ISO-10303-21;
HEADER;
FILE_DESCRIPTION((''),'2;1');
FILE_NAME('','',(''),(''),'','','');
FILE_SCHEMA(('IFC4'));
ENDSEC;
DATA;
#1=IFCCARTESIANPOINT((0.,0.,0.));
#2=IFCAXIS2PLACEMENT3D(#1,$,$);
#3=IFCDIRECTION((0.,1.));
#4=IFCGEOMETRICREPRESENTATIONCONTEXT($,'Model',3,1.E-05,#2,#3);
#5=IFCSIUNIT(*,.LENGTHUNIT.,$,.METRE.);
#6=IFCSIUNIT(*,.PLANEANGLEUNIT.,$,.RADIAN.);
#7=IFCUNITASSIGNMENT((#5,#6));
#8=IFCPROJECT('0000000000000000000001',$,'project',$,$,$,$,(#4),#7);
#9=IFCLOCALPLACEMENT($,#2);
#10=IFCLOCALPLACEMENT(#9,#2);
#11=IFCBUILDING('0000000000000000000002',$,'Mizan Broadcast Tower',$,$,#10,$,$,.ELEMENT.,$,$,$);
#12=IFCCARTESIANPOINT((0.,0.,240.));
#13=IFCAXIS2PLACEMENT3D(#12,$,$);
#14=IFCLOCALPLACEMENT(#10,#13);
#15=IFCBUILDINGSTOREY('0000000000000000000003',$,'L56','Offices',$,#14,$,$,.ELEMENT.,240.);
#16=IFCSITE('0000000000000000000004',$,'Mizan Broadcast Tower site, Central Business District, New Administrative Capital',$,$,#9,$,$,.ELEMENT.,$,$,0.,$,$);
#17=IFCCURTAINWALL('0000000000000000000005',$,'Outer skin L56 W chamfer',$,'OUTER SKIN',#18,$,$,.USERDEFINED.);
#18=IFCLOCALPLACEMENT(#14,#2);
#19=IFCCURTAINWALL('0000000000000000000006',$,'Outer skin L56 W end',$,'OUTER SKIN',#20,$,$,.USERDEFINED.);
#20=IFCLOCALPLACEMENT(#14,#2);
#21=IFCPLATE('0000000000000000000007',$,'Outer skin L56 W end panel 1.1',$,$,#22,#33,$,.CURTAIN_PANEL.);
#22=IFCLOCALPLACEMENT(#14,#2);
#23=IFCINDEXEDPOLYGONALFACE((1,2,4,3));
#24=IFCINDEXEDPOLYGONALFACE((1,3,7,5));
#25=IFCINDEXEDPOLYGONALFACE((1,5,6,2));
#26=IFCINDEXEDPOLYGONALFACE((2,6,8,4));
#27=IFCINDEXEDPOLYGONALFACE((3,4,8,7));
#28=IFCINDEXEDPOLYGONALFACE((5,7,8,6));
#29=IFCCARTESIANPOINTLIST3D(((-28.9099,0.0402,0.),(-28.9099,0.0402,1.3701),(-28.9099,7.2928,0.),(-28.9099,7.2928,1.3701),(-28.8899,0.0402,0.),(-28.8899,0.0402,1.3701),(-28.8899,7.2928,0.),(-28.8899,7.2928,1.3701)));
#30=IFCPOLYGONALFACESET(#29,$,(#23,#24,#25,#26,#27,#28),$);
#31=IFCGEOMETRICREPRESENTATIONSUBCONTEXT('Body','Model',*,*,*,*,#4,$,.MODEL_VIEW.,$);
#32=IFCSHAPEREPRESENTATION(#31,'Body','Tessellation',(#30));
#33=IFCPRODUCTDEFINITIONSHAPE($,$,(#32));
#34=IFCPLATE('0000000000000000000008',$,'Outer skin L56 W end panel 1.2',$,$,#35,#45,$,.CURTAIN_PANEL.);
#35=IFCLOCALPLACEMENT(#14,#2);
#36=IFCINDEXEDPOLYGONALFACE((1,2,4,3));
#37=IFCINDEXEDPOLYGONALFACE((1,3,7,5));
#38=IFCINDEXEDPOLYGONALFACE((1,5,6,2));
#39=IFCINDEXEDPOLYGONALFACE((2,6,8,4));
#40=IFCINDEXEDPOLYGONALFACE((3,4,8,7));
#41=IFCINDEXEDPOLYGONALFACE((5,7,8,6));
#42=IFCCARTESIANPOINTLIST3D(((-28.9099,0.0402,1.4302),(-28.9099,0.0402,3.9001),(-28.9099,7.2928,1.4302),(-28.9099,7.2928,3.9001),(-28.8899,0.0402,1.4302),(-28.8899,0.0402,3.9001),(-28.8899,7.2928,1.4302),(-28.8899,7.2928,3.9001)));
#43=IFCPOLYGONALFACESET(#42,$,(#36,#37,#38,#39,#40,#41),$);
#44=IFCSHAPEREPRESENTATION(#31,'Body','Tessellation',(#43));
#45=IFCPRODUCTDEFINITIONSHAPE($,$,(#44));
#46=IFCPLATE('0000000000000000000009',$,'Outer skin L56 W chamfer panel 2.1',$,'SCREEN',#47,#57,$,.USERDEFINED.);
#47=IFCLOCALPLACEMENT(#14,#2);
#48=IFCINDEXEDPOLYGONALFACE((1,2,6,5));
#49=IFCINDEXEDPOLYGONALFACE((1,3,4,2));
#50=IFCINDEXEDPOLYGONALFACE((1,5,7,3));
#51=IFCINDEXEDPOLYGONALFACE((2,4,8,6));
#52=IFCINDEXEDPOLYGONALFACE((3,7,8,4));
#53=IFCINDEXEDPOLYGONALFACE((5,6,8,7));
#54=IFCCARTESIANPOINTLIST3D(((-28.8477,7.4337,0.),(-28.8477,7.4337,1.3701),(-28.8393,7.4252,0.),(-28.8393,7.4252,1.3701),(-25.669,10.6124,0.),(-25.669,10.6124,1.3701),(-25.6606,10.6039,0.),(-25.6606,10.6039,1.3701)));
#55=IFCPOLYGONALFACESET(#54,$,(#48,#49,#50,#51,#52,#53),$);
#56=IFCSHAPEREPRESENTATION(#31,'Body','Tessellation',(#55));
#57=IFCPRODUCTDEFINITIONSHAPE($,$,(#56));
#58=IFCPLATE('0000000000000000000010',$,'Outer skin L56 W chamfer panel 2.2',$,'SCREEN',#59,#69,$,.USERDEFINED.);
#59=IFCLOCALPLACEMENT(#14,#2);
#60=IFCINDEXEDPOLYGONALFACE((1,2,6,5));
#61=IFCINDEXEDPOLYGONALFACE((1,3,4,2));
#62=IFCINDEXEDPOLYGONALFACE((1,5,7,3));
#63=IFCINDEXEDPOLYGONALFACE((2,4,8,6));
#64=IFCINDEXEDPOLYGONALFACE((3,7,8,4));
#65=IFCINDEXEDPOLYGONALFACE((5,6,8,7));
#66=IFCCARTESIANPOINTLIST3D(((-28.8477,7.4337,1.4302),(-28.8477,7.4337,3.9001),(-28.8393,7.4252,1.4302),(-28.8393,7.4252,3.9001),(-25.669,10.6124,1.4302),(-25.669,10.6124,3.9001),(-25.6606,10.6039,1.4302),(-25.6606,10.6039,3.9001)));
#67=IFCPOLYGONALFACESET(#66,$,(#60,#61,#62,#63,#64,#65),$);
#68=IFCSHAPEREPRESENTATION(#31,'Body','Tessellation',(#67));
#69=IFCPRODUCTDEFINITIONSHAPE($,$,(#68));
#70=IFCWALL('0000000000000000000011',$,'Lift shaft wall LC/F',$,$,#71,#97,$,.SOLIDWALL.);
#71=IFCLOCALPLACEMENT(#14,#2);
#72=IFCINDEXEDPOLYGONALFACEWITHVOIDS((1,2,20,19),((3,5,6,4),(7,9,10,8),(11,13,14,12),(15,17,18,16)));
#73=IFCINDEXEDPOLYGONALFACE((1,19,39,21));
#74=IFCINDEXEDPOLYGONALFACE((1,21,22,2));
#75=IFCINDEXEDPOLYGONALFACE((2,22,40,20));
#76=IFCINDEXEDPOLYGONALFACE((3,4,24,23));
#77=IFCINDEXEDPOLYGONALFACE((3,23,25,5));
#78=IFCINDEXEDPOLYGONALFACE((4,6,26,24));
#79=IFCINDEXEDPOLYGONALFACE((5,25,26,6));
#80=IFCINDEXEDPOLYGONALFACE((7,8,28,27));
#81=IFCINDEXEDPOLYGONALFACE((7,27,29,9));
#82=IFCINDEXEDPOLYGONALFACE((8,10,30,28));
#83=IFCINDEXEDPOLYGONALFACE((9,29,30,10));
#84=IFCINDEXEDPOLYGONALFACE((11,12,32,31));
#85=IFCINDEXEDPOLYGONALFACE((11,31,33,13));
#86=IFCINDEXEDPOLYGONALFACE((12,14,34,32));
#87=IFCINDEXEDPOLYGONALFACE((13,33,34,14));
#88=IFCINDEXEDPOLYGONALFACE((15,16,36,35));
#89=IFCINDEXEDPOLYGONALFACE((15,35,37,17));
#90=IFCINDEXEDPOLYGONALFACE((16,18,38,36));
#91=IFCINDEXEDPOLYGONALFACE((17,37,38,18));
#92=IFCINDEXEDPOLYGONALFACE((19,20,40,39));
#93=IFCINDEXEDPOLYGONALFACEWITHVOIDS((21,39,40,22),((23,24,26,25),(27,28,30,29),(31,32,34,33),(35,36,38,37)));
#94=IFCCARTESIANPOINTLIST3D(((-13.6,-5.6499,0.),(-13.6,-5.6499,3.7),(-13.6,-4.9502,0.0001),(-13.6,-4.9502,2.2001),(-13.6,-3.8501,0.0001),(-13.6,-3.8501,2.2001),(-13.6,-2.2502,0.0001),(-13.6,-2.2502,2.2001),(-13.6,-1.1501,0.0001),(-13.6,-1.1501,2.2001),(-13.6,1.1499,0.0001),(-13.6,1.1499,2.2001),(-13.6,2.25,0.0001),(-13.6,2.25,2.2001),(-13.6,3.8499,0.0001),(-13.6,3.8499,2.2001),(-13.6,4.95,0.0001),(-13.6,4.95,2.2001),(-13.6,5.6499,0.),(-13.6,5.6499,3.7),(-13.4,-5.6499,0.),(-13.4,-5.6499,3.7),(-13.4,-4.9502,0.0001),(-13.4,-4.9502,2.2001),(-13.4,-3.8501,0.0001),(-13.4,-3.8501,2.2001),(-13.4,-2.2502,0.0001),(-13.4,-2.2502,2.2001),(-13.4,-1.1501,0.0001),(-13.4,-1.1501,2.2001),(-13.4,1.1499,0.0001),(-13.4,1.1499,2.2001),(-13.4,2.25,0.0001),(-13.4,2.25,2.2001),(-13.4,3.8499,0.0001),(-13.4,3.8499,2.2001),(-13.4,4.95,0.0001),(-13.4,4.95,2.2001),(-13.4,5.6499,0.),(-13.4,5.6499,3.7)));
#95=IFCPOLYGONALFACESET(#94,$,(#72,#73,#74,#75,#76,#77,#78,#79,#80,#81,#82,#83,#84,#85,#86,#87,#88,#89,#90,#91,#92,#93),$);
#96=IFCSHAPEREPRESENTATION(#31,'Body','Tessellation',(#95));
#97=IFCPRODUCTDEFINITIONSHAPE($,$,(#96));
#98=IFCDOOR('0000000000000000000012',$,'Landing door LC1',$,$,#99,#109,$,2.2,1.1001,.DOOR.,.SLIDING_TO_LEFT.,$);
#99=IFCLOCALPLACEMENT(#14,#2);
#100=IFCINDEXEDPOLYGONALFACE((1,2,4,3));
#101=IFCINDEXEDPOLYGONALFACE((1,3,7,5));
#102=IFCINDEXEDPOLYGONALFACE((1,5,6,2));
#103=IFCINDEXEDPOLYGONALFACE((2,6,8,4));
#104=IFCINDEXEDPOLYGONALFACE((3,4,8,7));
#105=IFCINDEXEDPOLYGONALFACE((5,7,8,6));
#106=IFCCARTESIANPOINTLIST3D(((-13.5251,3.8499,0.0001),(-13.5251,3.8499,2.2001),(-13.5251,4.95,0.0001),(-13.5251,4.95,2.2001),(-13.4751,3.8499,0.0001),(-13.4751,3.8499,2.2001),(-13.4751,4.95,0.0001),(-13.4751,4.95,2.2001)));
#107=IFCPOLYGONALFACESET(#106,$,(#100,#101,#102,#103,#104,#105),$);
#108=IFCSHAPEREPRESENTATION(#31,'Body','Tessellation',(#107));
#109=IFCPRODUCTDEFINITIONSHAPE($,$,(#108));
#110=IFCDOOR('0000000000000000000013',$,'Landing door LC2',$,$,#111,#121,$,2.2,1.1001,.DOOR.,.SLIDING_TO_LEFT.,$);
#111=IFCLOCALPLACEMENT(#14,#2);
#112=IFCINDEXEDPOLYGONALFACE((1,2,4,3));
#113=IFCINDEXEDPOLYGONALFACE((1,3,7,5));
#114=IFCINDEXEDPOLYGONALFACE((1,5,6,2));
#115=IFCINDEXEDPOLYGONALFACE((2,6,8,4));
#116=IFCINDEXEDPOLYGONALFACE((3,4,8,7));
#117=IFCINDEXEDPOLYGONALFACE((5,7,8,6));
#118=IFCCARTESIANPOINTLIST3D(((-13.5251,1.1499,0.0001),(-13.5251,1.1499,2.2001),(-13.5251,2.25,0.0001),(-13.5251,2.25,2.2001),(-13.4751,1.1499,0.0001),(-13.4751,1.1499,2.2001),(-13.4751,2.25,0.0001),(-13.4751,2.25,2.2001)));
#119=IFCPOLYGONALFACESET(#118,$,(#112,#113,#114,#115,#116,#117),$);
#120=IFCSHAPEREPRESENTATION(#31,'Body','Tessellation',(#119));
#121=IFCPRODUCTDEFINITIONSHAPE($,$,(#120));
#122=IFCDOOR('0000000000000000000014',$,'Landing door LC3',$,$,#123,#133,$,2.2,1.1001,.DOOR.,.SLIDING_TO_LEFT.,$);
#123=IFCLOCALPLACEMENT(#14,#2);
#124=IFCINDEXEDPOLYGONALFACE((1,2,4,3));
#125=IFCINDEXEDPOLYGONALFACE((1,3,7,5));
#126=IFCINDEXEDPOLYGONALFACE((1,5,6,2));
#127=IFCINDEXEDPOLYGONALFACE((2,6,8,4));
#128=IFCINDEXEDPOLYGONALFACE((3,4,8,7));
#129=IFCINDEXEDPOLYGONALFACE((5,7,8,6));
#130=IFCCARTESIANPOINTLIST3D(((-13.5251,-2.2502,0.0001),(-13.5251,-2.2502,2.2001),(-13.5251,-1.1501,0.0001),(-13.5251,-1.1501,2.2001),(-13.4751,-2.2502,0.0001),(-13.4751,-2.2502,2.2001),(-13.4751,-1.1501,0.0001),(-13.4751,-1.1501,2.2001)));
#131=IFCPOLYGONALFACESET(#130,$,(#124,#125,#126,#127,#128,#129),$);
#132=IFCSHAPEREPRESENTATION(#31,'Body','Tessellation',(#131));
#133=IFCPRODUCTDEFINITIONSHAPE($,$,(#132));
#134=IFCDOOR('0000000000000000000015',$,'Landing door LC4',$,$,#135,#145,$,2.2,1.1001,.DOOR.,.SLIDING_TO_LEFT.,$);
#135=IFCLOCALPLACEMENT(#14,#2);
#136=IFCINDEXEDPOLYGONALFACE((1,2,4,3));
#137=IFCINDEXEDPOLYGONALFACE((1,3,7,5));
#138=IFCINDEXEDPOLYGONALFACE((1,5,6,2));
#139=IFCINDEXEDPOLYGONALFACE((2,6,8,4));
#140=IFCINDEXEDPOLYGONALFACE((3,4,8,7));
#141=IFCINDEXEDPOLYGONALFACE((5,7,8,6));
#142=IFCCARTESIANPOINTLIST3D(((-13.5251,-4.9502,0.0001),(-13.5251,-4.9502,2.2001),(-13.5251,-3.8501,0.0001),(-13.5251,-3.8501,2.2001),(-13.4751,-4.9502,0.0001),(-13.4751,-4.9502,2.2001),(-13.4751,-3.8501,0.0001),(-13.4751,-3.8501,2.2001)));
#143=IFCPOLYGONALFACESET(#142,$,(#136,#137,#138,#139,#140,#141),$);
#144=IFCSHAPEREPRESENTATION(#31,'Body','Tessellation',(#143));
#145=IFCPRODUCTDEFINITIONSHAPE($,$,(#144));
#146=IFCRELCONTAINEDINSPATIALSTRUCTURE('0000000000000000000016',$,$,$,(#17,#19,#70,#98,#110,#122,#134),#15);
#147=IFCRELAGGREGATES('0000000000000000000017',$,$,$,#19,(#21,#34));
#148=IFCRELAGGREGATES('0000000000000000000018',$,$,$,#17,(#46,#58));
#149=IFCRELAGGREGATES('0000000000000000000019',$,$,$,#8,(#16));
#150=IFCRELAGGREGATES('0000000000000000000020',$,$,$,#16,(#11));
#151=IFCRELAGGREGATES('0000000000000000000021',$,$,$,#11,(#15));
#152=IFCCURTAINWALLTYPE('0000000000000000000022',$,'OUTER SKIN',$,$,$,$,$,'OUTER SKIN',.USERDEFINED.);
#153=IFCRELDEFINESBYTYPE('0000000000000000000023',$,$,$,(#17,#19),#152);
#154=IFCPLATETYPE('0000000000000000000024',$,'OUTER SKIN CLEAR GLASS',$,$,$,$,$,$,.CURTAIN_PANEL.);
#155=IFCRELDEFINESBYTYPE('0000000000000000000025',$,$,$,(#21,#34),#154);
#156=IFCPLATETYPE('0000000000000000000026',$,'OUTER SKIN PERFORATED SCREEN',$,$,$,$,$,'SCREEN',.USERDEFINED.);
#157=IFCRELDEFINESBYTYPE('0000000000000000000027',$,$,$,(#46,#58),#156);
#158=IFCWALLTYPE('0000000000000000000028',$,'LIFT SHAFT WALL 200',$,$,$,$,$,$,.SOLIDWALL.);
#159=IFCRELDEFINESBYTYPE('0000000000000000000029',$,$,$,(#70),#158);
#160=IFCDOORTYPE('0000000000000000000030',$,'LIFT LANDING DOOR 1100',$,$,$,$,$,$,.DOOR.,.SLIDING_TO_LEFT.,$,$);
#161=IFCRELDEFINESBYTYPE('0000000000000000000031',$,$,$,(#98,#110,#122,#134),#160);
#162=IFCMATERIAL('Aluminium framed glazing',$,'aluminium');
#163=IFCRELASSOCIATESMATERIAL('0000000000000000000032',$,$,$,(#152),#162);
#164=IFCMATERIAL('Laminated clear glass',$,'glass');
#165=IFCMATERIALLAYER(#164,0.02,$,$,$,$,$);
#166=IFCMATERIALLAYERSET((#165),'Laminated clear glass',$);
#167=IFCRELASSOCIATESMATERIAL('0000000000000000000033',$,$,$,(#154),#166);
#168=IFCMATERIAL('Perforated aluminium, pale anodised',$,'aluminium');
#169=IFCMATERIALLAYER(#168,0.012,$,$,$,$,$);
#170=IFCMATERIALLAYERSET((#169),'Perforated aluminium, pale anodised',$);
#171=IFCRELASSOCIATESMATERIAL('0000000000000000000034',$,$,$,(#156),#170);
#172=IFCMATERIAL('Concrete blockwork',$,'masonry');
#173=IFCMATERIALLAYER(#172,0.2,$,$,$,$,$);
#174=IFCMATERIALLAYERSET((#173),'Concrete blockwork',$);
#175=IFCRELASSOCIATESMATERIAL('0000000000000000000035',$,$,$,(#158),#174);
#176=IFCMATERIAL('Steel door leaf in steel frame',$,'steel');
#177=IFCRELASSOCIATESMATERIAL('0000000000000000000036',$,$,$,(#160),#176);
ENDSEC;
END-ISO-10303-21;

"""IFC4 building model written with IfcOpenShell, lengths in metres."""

from ifc_helpers import new_model, si_unit, direction, frame, frame_2d, origin, origin_2d, place, context, subcontext, project, spatial, rectangle, extrude, material, layer, layer_set, type_object, element, fill, aggregate, save


model = new_model("IFC4")

# Units and contexts
model_context = context("Model", 3, precision=1e-05, world=origin(), true_north=direction((0.0, 1.0)))
body_context = subcontext(model_context, "Body", "Model", "MODEL_VIEW")
ifc_project = project(units=[si_unit("LENGTHUNIT", "METRE"), si_unit("PLANEANGLEUNIT", "RADIAN")], contexts=[model_context])

# Site, building, storey
site_placement = place(None, origin())
site = spatial("IfcSite", under=ifc_project, at=site_placement, Name="Mizan Broadcast Tower site, Central Business District, New Administrative Capital", CompositionType="ELEMENT", RefElevation=0.0)
building_placement = place(site_placement, origin())
building = spatial("IfcBuilding", under=site, at=building_placement, Name="Mizan Broadcast Tower", CompositionType="ELEMENT")
storey_placement = place(building_placement, frame((0.0, 0.0, 240.0)))
storey = spatial("IfcBuildingStorey", under=building, at=storey_placement, Name="L56", Description="Offices", CompositionType="ELEMENT", Elevation=240.0)

# Curtain wall
ifc_material_1 = material(Name="Aluminium framed glazing", Category="aluminium")
curtain_wall_type_1 = type_object("IfcCurtainWallType", Name="OUTER SKIN", ElementType="OUTER SKIN", PredefinedType="USERDEFINED", material=ifc_material_1)
curtain_wall_1_placement = place(storey_placement, origin())
curtain_wall_1 = element("IfcCurtainWall", 1, at=curtain_wall_1_placement, inside=storey, type_object=curtain_wall_type_1, Name="Outer skin L56 W chamfer", ObjectType="OUTER SKIN", PredefinedType="USERDEFINED")

# Curtain wall
curtain_wall_2_placement = place(storey_placement, origin())
curtain_wall_2 = element("IfcCurtainWall", 2, at=curtain_wall_2_placement, inside=storey, type_object=curtain_wall_type_1, Name="Outer skin L56 W end", ObjectType="OUTER SKIN", PredefinedType="USERDEFINED")

# Plates
ifc_material_2 = material(Name="Laminated clear glass", Category="glass")
ifc_layer_1 = layer(ifc_material_2, 0.02)
ifc_layer_set_1 = layer_set([ifc_layer_1], Name="Laminated clear glass")
plate_type_1 = type_object("IfcPlateType", Name="OUTER SKIN CLEAR GLASS", PredefinedType="CURTAIN_PANEL", material=ifc_layer_set_1)
plate_1_placement = place(storey_placement, frame((-28.8999, 3.6665, 0.0), z_axis=(0.0, 0.0, 1.0), x_axis=(0.0, -1.0, 0.0)))
plate_1 = element("IfcPlate", 3, at=plate_1_placement, type_object=plate_type_1, Name="Outer skin L56 W end panel 1.1", PredefinedType="CURTAIN_PANEL", context=body_context, shape_type="SweptSolid", body=[
    extrude(rectangle(XDim=7.2527, YDim=0.02, at=origin_2d()), origin(), (0.0, 0.0, 1.0), 1.3701),
])
plate_2_placement = place(storey_placement, frame((-28.8999, 3.6665, 1.4302), z_axis=(0.0, 0.0, 1.0), x_axis=(0.0, -1.0, 0.0)))
plate_2 = element("IfcPlate", 4, at=plate_2_placement, type_object=plate_type_1, Name="Outer skin L56 W end panel 1.2", PredefinedType="CURTAIN_PANEL", context=body_context, shape_type="SweptSolid", body=[
    extrude(rectangle(XDim=7.2527, YDim=0.02, at=origin_2d()), origin(), (0.0, 0.0, 1.0), 2.47),
])
aggregate(curtain_wall_2, [plate_1, plate_2])
ifc_material_3 = material(Name="Perforated aluminium, pale anodised", Category="aluminium")
ifc_layer_2 = layer(ifc_material_3, 0.012)
ifc_layer_set_2 = layer_set([ifc_layer_2], Name="Perforated aluminium, pale anodised")
plate_type_2 = type_object("IfcPlateType", Name="OUTER SKIN PERFORATED SCREEN", ElementType="SCREEN", PredefinedType="USERDEFINED", material=ifc_layer_set_2)
plate_3_placement = place(storey_placement, frame((-27.2542, 9.0188, 0.0), z_axis=(0.0, 0.0, 1.0), x_axis=(-0.707107, -0.707107, 0.0)))
plate_3 = element("IfcPlate", 5, at=plate_3_placement, type_object=plate_type_2, Name="Outer skin L56 W chamfer panel 2.1", ObjectType="SCREEN", PredefinedType="USERDEFINED", context=body_context, shape_type="SweptSolid", body=[
    extrude(rectangle(XDim=4.4954, YDim=0.012, at=origin_2d()), origin(), (0.0, 0.0, 1.0), 1.3701),
])
plate_4_placement = place(storey_placement, frame((-27.2542, 9.0188, 1.4302), z_axis=(0.0, 0.0, 1.0), x_axis=(-0.707107, -0.707107, 0.0)))
plate_4 = element("IfcPlate", 6, at=plate_4_placement, type_object=plate_type_2, Name="Outer skin L56 W chamfer panel 2.2", ObjectType="SCREEN", PredefinedType="USERDEFINED", context=body_context, shape_type="SweptSolid", body=[
    extrude(rectangle(XDim=4.4954, YDim=0.012, at=origin_2d()), origin(), (0.0, 0.0, 1.0), 2.47),
])
aggregate(curtain_wall_1, [plate_3, plate_4])

# Wall, openings, doors
ifc_material_4 = material(Name="Concrete blockwork", Category="masonry")
ifc_layer_3 = layer(ifc_material_4, 0.2)
ifc_layer_set_3 = layer_set([ifc_layer_3], Name="Concrete blockwork")
wall_type_1 = type_object("IfcWallType", Name="LIFT SHAFT WALL 200", PredefinedType="SOLIDWALL", material=ifc_layer_set_3)
wall_1_placement = place(storey_placement, frame((-13.5, 5.6499, 0.0), z_axis=(0.0, 0.0, 1.0), x_axis=(0.0, -1.0, 0.0)))
wall_1 = element("IfcWall", 7, at=wall_1_placement, inside=storey, type_object=wall_type_1, Name="Lift shaft wall LC/F", PredefinedType="SOLIDWALL", context=body_context, shape_type="SweptSolid", body=[
    extrude(rectangle(XDim=11.2998, YDim=0.2, at=frame_2d((5.6499, 0.0))), origin(), (0.0, 0.0, 1.0), 3.7),
])
opening_1_placement = place(wall_1_placement, frame((0.7, 0.0, 0.0)))
opening_1 = element("IfcOpeningElement", 8, at=opening_1_placement, cuts=wall_1, PredefinedType="OPENING", context=body_context, shape_type="SweptSolid", body=[
    extrude(rectangle(XDim=1.1001, YDim=2.2, at=frame_2d((0.55, 1.1001))), frame((0.0, 0.1099, 0.0), z_axis=(0.0, -1.0, 0.0), x_axis=(1.0, 0.0, 0.0)), (0.0, 0.0, 1.0), 0.22),
])
opening_2_placement = place(wall_1_placement, frame((3.3999, 0.0, 0.0)))
opening_2 = element("IfcOpeningElement", 9, at=opening_2_placement, cuts=wall_1, PredefinedType="OPENING", context=body_context, shape_type="SweptSolid", body=[
    extrude(rectangle(XDim=1.1001, YDim=2.2, at=frame_2d((0.55, 1.1001))), frame((0.0, 0.1099, 0.0), z_axis=(0.0, -1.0, 0.0), x_axis=(1.0, 0.0, 0.0)), (0.0, 0.0, 1.0), 0.22),
])
opening_3_placement = place(wall_1_placement, frame((6.8, 0.0, 0.0)))
opening_3 = element("IfcOpeningElement", 10, at=opening_3_placement, cuts=wall_1, PredefinedType="OPENING", context=body_context, shape_type="SweptSolid", body=[
    extrude(rectangle(XDim=1.1001, YDim=2.2, at=frame_2d((0.55, 1.1001))), frame((0.0, 0.1099, 0.0), z_axis=(0.0, -1.0, 0.0), x_axis=(1.0, 0.0, 0.0)), (0.0, 0.0, 1.0), 0.22),
])
opening_4_placement = place(wall_1_placement, frame((9.5, 0.0, 0.0)))
opening_4 = element("IfcOpeningElement", 11, at=opening_4_placement, cuts=wall_1, PredefinedType="OPENING", context=body_context, shape_type="SweptSolid", body=[
    extrude(rectangle(XDim=1.1001, YDim=2.2, at=frame_2d((0.55, 1.1001))), frame((0.0, 0.1099, 0.0), z_axis=(0.0, -1.0, 0.0), x_axis=(1.0, 0.0, 0.0)), (0.0, 0.0, 1.0), 0.22),
])
ifc_material_5 = material(Name="Steel door leaf in steel frame", Category="steel")
door_type_1 = type_object("IfcDoorType", Name="LIFT LANDING DOOR 1100", OperationType="SLIDING_TO_LEFT", PredefinedType="DOOR", material=ifc_material_5)
door_1_placement = place(opening_1_placement, origin())
door_1 = element("IfcDoor", 12, at=door_1_placement, inside=storey, type_object=door_type_1, Name="Landing door LC1", OperationType="SLIDING_TO_LEFT", OverallHeight=2.2, OverallWidth=1.1001, PredefinedType="DOOR", context=body_context, shape_type="SweptSolid", body=[
    extrude(rectangle(XDim=1.1001, YDim=2.2, at=frame_2d((0.55, 1.1001))), frame((0.0, 0.0249, 0.0), z_axis=(0.0, -1.0, 0.0), x_axis=(1.0, 0.0, 0.0)), (0.0, 0.0, 1.0), 0.05),
])
fill(opening_1, door_1)
door_2_placement = place(opening_2_placement, origin())
door_2 = element("IfcDoor", 13, at=door_2_placement, inside=storey, type_object=door_type_1, Name="Landing door LC2", OperationType="SLIDING_TO_LEFT", OverallHeight=2.2, OverallWidth=1.1001, PredefinedType="DOOR", context=body_context, shape_type="SweptSolid", body=[
    extrude(rectangle(XDim=1.1001, YDim=2.2, at=frame_2d((0.55, 1.1001))), frame((0.0, 0.0249, 0.0), z_axis=(0.0, -1.0, 0.0), x_axis=(1.0, 0.0, 0.0)), (0.0, 0.0, 1.0), 0.05),
])
fill(opening_2, door_2)
door_3_placement = place(opening_3_placement, origin())
door_3 = element("IfcDoor", 14, at=door_3_placement, inside=storey, type_object=door_type_1, Name="Landing door LC3", OperationType="SLIDING_TO_LEFT", OverallHeight=2.2, OverallWidth=1.1001, PredefinedType="DOOR", context=body_context, shape_type="SweptSolid", body=[
    extrude(rectangle(XDim=1.1001, YDim=2.2, at=frame_2d((0.55, 1.1001))), frame((0.0, 0.0249, 0.0), z_axis=(0.0, -1.0, 0.0), x_axis=(1.0, 0.0, 0.0)), (0.0, 0.0, 1.0), 0.05),
])
fill(opening_3, door_3)
door_4_placement = place(opening_4_placement, origin())
door_4 = element("IfcDoor", 15, at=door_4_placement, inside=storey, type_object=door_type_1, Name="Landing door LC4", OperationType="SLIDING_TO_LEFT", OverallHeight=2.2, OverallWidth=1.1001, PredefinedType="DOOR", context=body_context, shape_type="SweptSolid", body=[
    extrude(rectangle(XDim=1.1001, YDim=2.2, at=frame_2d((0.55, 1.1001))), frame((0.0, 0.0249, 0.0), z_axis=(0.0, -1.0, 0.0), x_axis=(1.0, 0.0, 0.0)), (0.0, 0.0, 1.0), 0.05),
])
fill(opening_4, door_4)

save(model, "model.ifc")
